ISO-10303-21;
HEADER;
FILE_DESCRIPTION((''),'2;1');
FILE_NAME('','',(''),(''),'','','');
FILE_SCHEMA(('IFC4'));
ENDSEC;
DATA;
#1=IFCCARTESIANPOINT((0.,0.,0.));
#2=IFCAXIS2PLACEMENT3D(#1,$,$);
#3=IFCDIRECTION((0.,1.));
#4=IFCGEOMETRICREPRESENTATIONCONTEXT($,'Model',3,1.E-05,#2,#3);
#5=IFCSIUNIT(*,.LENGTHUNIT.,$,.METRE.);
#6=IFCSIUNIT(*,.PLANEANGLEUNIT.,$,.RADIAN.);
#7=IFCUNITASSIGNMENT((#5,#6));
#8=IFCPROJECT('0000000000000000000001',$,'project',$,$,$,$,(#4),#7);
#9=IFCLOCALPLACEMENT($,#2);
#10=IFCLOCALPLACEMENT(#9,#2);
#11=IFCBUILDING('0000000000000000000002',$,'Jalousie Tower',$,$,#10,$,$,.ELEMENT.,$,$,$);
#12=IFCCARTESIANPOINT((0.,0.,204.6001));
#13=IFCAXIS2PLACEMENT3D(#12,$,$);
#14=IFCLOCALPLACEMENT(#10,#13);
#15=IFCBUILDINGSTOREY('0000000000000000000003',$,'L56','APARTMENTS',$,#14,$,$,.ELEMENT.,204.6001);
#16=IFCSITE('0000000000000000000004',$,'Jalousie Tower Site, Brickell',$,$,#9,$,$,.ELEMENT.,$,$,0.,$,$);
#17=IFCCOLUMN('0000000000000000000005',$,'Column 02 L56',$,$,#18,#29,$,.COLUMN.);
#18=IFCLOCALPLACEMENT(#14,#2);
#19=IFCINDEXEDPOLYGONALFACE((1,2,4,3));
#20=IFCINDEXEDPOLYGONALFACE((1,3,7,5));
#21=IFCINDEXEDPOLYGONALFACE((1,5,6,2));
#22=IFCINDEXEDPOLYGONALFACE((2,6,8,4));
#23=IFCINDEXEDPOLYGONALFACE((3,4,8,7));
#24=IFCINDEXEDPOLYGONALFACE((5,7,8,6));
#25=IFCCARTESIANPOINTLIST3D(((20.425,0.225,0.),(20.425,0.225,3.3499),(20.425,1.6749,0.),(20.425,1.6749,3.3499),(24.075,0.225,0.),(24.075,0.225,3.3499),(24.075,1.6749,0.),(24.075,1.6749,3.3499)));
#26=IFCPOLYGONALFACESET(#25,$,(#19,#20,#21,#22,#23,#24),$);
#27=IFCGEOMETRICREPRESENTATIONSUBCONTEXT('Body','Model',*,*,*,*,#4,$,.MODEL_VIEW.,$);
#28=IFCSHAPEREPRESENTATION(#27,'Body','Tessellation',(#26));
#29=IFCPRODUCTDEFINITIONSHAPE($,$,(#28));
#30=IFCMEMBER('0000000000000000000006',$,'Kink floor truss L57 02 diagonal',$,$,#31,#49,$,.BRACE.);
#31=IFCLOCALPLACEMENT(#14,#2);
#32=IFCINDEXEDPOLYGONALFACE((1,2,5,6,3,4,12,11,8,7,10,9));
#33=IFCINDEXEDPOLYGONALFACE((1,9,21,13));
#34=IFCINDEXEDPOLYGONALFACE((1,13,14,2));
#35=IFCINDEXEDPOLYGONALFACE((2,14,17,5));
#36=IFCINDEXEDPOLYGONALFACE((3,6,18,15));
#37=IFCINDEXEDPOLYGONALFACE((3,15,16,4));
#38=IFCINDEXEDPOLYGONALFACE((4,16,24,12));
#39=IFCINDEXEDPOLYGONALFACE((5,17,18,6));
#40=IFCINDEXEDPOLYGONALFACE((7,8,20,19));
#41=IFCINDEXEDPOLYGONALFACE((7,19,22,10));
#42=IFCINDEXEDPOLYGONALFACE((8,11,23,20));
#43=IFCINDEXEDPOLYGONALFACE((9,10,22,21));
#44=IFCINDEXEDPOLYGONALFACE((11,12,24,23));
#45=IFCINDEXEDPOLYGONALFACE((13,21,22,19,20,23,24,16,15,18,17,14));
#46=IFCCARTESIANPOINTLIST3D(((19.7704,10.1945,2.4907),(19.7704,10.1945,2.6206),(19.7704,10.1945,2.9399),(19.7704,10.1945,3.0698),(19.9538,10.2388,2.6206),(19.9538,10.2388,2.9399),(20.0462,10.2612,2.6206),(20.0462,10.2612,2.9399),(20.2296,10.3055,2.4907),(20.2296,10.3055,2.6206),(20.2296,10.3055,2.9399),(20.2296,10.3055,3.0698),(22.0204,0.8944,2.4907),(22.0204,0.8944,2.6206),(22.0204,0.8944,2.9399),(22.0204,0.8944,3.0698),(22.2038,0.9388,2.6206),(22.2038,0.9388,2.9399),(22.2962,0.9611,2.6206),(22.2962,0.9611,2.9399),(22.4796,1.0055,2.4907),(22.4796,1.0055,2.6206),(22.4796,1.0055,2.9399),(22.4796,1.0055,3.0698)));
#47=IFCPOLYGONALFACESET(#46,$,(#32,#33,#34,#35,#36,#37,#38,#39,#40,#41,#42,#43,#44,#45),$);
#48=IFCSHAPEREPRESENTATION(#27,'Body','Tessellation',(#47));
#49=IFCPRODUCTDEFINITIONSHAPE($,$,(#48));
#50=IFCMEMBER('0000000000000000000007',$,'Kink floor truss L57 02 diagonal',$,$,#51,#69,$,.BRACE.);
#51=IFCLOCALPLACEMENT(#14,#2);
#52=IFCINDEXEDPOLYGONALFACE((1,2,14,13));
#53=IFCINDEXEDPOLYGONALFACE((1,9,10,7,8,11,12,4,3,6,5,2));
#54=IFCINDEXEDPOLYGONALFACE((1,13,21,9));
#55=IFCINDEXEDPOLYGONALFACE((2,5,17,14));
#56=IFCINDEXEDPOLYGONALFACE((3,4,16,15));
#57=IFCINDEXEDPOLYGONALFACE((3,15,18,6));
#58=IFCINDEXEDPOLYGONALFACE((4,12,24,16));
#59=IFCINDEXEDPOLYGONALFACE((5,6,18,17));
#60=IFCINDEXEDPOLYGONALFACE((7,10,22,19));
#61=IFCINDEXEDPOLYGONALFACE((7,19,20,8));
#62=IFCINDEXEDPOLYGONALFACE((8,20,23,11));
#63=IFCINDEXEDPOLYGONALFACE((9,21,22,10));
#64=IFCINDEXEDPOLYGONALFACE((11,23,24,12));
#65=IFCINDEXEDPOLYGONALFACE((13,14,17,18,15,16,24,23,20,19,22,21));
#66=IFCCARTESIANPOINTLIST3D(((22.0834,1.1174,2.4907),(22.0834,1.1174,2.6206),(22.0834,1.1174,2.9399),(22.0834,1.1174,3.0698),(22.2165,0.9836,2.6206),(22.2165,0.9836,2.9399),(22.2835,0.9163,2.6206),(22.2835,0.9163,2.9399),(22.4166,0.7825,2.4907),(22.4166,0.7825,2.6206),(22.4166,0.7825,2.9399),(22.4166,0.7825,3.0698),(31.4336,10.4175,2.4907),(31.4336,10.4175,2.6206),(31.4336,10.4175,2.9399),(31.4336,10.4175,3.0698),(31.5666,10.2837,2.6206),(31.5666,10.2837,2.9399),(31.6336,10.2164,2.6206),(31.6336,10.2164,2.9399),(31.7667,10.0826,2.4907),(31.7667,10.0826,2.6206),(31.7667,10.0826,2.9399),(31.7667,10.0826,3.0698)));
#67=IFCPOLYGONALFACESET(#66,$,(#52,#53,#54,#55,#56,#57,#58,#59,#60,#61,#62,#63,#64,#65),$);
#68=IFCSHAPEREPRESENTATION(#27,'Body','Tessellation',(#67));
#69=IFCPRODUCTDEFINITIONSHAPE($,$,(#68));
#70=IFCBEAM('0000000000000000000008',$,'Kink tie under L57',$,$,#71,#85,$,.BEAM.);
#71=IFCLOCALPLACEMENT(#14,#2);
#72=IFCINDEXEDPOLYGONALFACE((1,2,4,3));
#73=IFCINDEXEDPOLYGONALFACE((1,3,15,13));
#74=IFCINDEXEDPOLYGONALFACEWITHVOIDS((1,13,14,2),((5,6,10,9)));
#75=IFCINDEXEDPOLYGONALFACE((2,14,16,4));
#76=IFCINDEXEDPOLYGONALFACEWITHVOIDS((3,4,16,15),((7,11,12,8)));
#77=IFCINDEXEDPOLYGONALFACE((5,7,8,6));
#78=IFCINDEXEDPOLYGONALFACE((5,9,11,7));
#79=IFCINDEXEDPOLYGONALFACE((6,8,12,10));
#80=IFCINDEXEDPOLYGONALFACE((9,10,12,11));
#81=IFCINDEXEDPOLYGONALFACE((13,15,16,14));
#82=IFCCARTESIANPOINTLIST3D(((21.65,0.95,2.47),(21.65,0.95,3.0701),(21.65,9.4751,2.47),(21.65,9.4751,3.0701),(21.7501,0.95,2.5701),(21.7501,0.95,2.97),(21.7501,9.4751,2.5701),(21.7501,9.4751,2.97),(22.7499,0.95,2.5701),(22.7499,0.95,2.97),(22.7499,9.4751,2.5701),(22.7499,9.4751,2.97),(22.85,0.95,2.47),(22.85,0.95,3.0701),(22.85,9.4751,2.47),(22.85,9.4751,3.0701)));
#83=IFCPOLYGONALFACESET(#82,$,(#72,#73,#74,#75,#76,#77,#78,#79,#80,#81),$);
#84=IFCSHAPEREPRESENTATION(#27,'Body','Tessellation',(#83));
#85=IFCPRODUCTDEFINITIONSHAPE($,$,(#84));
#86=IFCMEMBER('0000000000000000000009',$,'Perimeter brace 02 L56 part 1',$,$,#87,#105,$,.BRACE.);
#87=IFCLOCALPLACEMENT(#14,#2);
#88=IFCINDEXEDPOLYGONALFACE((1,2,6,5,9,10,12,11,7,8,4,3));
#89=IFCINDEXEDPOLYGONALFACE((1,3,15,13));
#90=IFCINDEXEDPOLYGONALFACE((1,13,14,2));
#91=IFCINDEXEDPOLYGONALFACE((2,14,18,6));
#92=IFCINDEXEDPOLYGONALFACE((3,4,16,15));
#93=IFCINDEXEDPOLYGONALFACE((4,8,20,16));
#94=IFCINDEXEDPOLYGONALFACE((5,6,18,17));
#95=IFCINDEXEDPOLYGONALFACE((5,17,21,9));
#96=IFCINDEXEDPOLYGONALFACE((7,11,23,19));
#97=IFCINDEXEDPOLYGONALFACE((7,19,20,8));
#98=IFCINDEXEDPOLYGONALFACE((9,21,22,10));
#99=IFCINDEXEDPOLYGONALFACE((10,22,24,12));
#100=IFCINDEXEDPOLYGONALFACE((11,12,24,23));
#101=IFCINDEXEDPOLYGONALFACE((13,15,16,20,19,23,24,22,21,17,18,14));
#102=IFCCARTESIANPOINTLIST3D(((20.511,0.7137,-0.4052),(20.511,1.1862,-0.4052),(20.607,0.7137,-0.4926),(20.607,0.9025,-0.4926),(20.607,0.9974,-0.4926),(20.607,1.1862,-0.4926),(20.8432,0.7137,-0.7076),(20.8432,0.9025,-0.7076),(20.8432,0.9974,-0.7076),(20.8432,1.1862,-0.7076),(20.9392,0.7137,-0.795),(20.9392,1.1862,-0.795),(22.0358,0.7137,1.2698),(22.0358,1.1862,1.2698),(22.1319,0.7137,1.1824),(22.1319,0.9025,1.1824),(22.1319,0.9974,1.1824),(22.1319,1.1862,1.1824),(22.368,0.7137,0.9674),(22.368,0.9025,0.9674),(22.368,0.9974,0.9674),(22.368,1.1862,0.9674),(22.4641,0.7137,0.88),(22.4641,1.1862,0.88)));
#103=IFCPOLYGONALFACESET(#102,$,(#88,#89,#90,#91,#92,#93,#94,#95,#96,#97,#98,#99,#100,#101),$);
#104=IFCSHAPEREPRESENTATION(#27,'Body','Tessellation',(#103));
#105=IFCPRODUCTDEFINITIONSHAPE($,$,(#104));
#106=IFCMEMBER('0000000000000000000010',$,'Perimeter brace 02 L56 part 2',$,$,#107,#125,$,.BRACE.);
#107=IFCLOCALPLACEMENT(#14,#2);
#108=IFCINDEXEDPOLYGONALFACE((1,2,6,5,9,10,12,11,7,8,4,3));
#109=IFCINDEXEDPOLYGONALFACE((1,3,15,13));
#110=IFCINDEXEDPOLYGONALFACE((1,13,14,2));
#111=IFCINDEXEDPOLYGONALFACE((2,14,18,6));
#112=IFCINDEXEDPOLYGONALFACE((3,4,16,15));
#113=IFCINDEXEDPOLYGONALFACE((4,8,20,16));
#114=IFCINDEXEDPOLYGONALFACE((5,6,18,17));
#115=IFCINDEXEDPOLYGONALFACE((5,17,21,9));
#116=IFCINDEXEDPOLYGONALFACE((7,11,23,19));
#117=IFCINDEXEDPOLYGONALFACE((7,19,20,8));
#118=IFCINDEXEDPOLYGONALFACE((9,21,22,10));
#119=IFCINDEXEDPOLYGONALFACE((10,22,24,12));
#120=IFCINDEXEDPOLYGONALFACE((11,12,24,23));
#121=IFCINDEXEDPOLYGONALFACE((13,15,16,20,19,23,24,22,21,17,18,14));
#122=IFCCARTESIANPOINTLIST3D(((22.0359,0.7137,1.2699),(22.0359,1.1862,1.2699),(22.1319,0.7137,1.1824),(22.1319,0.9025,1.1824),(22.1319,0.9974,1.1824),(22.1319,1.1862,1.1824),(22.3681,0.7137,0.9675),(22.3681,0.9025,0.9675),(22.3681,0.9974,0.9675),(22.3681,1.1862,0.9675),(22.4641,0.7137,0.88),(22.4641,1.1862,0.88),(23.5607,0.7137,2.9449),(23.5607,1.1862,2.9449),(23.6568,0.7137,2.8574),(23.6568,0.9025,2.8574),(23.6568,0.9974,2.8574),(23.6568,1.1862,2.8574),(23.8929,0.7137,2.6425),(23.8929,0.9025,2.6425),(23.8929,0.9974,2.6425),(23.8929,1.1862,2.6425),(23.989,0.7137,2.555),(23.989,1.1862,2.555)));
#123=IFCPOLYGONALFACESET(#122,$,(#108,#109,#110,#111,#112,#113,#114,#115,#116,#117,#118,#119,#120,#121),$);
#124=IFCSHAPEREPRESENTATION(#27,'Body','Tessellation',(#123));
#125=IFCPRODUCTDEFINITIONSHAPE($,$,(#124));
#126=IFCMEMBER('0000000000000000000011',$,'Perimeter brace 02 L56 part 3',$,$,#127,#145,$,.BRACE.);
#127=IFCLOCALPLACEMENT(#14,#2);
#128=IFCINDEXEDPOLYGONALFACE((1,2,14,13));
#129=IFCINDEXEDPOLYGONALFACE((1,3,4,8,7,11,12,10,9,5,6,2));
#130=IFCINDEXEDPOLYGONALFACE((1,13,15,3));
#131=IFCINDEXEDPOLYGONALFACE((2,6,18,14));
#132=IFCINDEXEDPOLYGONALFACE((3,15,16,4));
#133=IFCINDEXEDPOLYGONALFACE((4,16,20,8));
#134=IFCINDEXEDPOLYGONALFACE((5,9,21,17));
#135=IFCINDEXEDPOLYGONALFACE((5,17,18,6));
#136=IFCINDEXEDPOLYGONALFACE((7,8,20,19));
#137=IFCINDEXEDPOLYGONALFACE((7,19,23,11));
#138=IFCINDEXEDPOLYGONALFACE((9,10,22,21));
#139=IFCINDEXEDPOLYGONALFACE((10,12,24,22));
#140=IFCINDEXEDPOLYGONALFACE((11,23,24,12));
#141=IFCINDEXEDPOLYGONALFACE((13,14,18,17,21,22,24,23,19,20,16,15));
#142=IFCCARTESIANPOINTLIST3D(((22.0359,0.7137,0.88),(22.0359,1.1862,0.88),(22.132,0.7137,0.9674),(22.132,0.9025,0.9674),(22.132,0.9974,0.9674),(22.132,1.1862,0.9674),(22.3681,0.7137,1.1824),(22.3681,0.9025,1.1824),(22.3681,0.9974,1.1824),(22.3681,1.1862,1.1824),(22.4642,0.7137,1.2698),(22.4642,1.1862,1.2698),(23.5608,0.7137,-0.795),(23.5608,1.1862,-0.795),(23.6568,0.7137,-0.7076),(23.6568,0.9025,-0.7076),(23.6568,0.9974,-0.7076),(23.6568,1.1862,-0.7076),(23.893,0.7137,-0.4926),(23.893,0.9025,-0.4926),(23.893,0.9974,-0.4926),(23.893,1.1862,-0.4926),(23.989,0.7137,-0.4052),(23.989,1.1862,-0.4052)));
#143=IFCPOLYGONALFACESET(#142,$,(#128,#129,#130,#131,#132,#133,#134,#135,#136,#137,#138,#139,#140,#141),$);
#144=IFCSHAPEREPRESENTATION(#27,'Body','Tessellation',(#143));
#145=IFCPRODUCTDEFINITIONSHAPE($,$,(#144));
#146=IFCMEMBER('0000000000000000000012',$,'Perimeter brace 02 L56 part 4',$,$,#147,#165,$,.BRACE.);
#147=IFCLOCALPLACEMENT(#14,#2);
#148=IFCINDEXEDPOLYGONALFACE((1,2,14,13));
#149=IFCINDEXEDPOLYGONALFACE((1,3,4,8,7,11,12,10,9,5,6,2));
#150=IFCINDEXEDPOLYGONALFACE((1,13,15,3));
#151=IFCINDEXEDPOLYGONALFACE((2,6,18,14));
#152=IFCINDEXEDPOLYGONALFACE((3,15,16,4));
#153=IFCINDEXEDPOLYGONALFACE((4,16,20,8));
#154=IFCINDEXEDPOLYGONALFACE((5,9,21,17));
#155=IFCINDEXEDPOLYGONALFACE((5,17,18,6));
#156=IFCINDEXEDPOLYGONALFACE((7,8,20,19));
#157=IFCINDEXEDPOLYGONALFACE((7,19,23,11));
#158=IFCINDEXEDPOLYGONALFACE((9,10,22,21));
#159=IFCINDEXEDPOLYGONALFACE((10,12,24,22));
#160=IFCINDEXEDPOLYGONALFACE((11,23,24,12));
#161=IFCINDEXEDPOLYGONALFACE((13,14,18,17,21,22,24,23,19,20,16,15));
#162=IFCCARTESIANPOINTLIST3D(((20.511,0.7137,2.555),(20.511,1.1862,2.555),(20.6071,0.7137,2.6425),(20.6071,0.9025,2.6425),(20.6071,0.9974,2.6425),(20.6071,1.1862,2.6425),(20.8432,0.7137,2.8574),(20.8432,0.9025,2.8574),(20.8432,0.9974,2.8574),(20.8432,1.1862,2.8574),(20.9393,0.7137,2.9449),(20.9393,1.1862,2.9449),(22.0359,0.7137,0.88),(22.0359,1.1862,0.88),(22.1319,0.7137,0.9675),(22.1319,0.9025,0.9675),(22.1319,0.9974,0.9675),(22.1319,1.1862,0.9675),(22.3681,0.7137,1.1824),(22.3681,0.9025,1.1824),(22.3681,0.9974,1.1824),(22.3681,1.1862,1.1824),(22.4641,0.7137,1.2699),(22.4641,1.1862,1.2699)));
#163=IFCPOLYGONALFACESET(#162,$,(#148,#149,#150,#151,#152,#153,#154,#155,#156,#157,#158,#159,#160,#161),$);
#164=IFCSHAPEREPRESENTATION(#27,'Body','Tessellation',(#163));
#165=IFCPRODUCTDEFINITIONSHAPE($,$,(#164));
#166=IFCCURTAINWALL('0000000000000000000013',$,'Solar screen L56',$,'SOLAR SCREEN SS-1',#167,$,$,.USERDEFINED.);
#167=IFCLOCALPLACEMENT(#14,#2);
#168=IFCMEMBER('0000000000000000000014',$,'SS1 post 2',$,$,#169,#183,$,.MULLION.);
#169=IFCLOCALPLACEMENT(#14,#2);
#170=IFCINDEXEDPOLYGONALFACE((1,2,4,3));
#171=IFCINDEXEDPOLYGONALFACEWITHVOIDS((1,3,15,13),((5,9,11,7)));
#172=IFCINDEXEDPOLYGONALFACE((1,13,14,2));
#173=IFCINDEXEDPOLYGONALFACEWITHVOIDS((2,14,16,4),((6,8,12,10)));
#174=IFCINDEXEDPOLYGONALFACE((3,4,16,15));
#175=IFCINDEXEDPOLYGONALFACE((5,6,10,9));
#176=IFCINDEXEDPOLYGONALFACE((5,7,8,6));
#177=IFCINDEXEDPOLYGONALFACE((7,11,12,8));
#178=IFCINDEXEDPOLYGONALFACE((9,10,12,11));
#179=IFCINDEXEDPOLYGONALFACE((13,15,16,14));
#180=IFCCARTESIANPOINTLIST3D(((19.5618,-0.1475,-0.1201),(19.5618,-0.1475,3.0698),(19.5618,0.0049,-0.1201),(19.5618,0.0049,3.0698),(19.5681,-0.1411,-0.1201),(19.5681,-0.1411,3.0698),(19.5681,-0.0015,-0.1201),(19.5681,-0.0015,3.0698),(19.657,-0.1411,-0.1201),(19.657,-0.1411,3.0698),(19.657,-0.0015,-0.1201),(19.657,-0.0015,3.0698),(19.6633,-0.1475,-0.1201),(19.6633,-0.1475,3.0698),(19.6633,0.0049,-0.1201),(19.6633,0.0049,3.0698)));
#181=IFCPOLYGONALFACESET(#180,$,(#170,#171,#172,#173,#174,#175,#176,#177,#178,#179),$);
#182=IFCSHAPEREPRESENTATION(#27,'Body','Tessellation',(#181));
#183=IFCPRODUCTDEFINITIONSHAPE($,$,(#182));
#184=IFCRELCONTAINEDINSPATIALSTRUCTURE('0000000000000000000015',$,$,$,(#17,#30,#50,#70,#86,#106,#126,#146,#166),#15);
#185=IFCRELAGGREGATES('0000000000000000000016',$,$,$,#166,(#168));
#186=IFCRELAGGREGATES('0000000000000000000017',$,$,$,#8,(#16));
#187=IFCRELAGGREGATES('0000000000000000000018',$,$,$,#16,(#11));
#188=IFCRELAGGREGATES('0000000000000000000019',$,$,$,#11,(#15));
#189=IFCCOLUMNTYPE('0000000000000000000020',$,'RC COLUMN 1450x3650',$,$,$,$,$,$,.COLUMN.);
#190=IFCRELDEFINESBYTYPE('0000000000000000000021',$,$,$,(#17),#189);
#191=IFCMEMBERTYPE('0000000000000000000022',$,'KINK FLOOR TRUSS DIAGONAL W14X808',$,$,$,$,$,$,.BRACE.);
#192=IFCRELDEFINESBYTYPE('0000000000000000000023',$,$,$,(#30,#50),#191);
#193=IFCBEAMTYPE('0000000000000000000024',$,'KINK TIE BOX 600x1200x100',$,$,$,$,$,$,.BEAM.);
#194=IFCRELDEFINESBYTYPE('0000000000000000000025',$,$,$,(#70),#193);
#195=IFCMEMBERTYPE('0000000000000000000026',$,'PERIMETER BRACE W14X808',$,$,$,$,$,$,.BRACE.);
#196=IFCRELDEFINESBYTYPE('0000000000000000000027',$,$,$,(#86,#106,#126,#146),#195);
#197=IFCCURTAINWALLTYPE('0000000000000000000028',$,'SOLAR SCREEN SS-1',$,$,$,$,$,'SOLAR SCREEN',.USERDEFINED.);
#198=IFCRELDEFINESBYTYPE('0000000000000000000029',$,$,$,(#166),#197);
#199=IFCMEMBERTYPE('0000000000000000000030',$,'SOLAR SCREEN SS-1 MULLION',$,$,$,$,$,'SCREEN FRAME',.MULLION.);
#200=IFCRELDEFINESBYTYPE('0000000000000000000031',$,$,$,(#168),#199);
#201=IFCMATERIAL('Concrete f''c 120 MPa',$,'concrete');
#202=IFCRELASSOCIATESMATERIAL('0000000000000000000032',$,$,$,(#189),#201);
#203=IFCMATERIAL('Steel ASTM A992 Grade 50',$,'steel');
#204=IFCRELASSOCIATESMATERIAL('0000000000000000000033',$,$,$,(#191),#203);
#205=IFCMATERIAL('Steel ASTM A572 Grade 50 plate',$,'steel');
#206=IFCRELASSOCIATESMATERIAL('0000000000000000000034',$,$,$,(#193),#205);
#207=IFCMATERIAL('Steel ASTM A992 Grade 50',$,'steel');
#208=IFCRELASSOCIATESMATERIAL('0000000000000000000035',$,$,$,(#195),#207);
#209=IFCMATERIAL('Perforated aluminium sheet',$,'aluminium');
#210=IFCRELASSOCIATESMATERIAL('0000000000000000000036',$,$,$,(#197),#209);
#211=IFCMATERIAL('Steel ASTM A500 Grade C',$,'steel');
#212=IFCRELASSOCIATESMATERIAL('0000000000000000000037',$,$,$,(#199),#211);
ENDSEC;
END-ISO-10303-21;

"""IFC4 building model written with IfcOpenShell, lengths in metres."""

from ifc_helpers import new_model, si_unit, direction, frame, origin, origin_2d, place, context, subcontext, project, spatial, rectangle, hollow_rectangle, i_section, extrude, material, material_profile, profile_set, type_object, element, aggregate, save


model = new_model("IFC4")

# Units and contexts
model_context = context("Model", 3, precision=1e-05, world=origin(), true_north=direction((0.0, 1.0)))
body_context = subcontext(model_context, "Body", "Model", "MODEL_VIEW")
ifc_project = project(units=[si_unit("LENGTHUNIT", "METRE"), si_unit("PLANEANGLEUNIT", "RADIAN")], contexts=[model_context])

# Site, building, storey
site_placement = place(None, origin())
site = spatial("IfcSite", under=ifc_project, at=site_placement, Name="Jalousie Tower Site, Brickell", CompositionType="ELEMENT", RefElevation=0.0)
building_placement = place(site_placement, origin())
building = spatial("IfcBuilding", under=site, at=building_placement, Name="Jalousie Tower", CompositionType="ELEMENT")
storey_placement = place(building_placement, frame((0.0, 0.0, 204.6001)))
storey = spatial("IfcBuildingStorey", under=building, at=storey_placement, Name="L56", Description="APARTMENTS", CompositionType="ELEMENT", Elevation=204.6001)

# Column
ifc_material_1 = material(Name="Concrete f'c 120 MPa", Category="concrete")
ifc_material_profile_1 = material_profile(ifc_material_1, rectangle(XDim=1.45, YDim=3.6499, at=origin_2d()), Name="RC 1450x3650")
ifc_profile_set_1 = profile_set([ifc_material_profile_1], Name="Concrete f'c 120 MPa")
column_type = type_object("IfcColumnType", Name="RC COLUMN 1450x3650", PredefinedType="COLUMN", material=ifc_profile_set_1)
column_placement = place(storey_placement, frame((22.25, 0.95, 0.0), z_axis=(0.0, 0.0, 1.0), x_axis=(0.0, 1.0, 0.0)))
element("IfcColumn", 1, at=column_placement, inside=storey, type_object=column_type, Name="Column 02 L56", PredefinedType="COLUMN", context=body_context, shape_type="SweptSolid", body=[
    extrude(rectangle(XDim=1.45, YDim=3.6499, at=origin_2d()), origin(), (0.0, 0.0, 1.0), 3.3499),
])

# Members
ifc_material_2 = material(Name="Steel ASTM A992 Grade 50", Category="steel")
ifc_material_profile_2 = material_profile(ifc_material_2, i_section(OverallWidth=0.4724, OverallDepth=0.5791, WebThickness=0.095, FlangeThickness=0.1299, at=origin_2d()), Name="W14X808")
ifc_profile_set_2 = profile_set([ifc_material_profile_2], Name="Steel ASTM A992 Grade 50")
member_type_1 = type_object("IfcMemberType", Name="KINK FLOOR TRUSS DIAGONAL W14X808", PredefinedType="BRACE", material=ifc_profile_set_2)
member_1_placement = place(storey_placement, frame((22.25, 0.95, 2.7803), z_axis=(-0.23515, 0.971959, 0.0), x_axis=(-0.971959, -0.23515, 0.0)))
element("IfcMember", 2, at=member_1_placement, inside=storey, type_object=member_type_1, Name="Kink floor truss L57 02 diagonal", PredefinedType="BRACE", context=body_context, shape_type="SweptSolid", body=[
    extrude(i_section(OverallWidth=0.4724, OverallDepth=0.5791, WebThickness=0.095, FlangeThickness=0.1299, at=origin_2d()), origin(), (0.0, 0.0, 1.0), 9.5684),
])
member_2_placement = place(storey_placement, frame((22.25, 0.95, 2.7803), z_axis=(0.709002, 0.705207, 0.0), x_axis=(-0.705207, 0.709002, 0.0)))
element("IfcMember", 3, at=member_2_placement, inside=storey, type_object=member_type_1, Name="Kink floor truss L57 02 diagonal", PredefinedType="BRACE", context=body_context, shape_type="SweptSolid", body=[
    extrude(i_section(OverallWidth=0.4724, OverallDepth=0.5791, WebThickness=0.095, FlangeThickness=0.1299, at=origin_2d()), origin(), (0.0, 0.0, 1.0), 13.1877),
])

# Beam
ifc_material_3 = material(Name="Steel ASTM A572 Grade 50 plate", Category="steel")
ifc_material_profile_3 = material_profile(ifc_material_3, hollow_rectangle(XDim=1.2, YDim=0.6001, WallThickness=0.1001, at=origin_2d()), Name="BOX 600x1200x100")
ifc_profile_set_3 = profile_set([ifc_material_profile_3], Name="Steel ASTM A572 Grade 50 plate")
beam_type = type_object("IfcBeamType", Name="KINK TIE BOX 600x1200x100", PredefinedType="BEAM", material=ifc_profile_set_3)
beam_placement = place(storey_placement, frame((22.25, 0.95, 2.77), z_axis=(0.0, 1.0, 0.0), x_axis=(-1.0, 0.0, 0.0)))
element("IfcBeam", 4, at=beam_placement, inside=storey, type_object=beam_type, Name="Kink tie under L57", PredefinedType="BEAM", context=body_context, shape_type="SweptSolid", body=[
    extrude(hollow_rectangle(XDim=1.2, YDim=0.6001, WallThickness=0.1001, at=origin_2d()), origin(), (0.0, 0.0, 1.0), 8.5251),
])

# Members
ifc_material_4 = material(Name="Steel ASTM A992 Grade 50", Category="steel")
ifc_material_profile_4 = material_profile(ifc_material_4, i_section(OverallWidth=0.4724, OverallDepth=0.5791, WebThickness=0.095, FlangeThickness=0.1299, at=origin_2d()), Name="W14X808")
ifc_profile_set_4 = profile_set([ifc_material_profile_4], Name="Steel ASTM A992 Grade 50")
member_type_2 = type_object("IfcMemberType", Name="PERIMETER BRACE W14X808", PredefinedType="BRACE", material=ifc_profile_set_4)
for number, where, z_axis, x_axis, name in (
    (5, (20.7251, 0.95, -0.6001), (0.673188, 0.0, 0.739472), (0.0, 1.0, 0.0), "Perimeter brace 02 L56 part 1"),
    (6, (22.25, 0.95, 1.075), (0.673188, 0.0, 0.739472), (0.0, 1.0, 0.0), "Perimeter brace 02 L56 part 2"),
    (7, (23.7749, 0.95, -0.6001), (-0.673188, 0.0, 0.739472), (0.0, -1.0, 0.0), "Perimeter brace 02 L56 part 3"),
    (8, (22.25, 0.95, 1.075), (-0.673188, 0.0, 0.739472), (0.0, -1.0, 0.0), "Perimeter brace 02 L56 part 4"),
):
    element("IfcMember", number, at=place(storey_placement, frame(where, z_axis=z_axis, x_axis=x_axis)), inside=storey, type_object=member_type_2, Name=name, PredefinedType="BRACE", context=body_context, shape_type="SweptSolid", body=[
        extrude(i_section(OverallWidth=0.4724, OverallDepth=0.5791, WebThickness=0.095, FlangeThickness=0.1299, at=origin_2d()), origin(), (0.0, 0.0, 1.0), 2.2651),
    ])

# Curtain wall, member
ifc_material_5 = material(Name="Perforated aluminium sheet", Category="aluminium")
curtain_wall_type = type_object("IfcCurtainWallType", Name="SOLAR SCREEN SS-1", ElementType="SOLAR SCREEN", PredefinedType="USERDEFINED", material=ifc_material_5)
curtain_wall_placement = place(storey_placement, origin())
curtain_wall = element("IfcCurtainWall", 9, at=curtain_wall_placement, inside=storey, type_object=curtain_wall_type, Name="Solar screen L56", ObjectType="SOLAR SCREEN SS-1", PredefinedType="USERDEFINED")
ifc_material_6 = material(Name="Steel ASTM A500 Grade C", Category="steel")
ifc_material_profile_5 = material_profile(ifc_material_6, hollow_rectangle(XDim=0.1016, YDim=0.1523, WallThickness=0.0063, at=origin_2d()), Name="HSS6X4X1/4")
ifc_profile_set_5 = profile_set([ifc_material_profile_5], Name="Steel ASTM A500 Grade C")
member_type_3 = type_object("IfcMemberType", Name="SOLAR SCREEN SS-1 MULLION", ElementType="SCREEN FRAME", PredefinedType="MULLION", material=ifc_profile_set_5)
member_3_placement = place(storey_placement, frame((19.6125, -0.0713, -0.1201), z_axis=(0.0, 0.0, 1.0), x_axis=(1.0, 0.0, 0.0)))
member_3 = element("IfcMember", 10, at=member_3_placement, type_object=member_type_3, Name="SS1 post 2", PredefinedType="MULLION", context=body_context, shape_type="SweptSolid", body=[
    extrude(hollow_rectangle(XDim=0.1016, YDim=0.1523, WallThickness=0.0063, at=origin_2d()), origin(), (0.0, 0.0, 1.0), 3.1899),
])
aggregate(curtain_wall, [member_3])

save(model, "model.ifc")
